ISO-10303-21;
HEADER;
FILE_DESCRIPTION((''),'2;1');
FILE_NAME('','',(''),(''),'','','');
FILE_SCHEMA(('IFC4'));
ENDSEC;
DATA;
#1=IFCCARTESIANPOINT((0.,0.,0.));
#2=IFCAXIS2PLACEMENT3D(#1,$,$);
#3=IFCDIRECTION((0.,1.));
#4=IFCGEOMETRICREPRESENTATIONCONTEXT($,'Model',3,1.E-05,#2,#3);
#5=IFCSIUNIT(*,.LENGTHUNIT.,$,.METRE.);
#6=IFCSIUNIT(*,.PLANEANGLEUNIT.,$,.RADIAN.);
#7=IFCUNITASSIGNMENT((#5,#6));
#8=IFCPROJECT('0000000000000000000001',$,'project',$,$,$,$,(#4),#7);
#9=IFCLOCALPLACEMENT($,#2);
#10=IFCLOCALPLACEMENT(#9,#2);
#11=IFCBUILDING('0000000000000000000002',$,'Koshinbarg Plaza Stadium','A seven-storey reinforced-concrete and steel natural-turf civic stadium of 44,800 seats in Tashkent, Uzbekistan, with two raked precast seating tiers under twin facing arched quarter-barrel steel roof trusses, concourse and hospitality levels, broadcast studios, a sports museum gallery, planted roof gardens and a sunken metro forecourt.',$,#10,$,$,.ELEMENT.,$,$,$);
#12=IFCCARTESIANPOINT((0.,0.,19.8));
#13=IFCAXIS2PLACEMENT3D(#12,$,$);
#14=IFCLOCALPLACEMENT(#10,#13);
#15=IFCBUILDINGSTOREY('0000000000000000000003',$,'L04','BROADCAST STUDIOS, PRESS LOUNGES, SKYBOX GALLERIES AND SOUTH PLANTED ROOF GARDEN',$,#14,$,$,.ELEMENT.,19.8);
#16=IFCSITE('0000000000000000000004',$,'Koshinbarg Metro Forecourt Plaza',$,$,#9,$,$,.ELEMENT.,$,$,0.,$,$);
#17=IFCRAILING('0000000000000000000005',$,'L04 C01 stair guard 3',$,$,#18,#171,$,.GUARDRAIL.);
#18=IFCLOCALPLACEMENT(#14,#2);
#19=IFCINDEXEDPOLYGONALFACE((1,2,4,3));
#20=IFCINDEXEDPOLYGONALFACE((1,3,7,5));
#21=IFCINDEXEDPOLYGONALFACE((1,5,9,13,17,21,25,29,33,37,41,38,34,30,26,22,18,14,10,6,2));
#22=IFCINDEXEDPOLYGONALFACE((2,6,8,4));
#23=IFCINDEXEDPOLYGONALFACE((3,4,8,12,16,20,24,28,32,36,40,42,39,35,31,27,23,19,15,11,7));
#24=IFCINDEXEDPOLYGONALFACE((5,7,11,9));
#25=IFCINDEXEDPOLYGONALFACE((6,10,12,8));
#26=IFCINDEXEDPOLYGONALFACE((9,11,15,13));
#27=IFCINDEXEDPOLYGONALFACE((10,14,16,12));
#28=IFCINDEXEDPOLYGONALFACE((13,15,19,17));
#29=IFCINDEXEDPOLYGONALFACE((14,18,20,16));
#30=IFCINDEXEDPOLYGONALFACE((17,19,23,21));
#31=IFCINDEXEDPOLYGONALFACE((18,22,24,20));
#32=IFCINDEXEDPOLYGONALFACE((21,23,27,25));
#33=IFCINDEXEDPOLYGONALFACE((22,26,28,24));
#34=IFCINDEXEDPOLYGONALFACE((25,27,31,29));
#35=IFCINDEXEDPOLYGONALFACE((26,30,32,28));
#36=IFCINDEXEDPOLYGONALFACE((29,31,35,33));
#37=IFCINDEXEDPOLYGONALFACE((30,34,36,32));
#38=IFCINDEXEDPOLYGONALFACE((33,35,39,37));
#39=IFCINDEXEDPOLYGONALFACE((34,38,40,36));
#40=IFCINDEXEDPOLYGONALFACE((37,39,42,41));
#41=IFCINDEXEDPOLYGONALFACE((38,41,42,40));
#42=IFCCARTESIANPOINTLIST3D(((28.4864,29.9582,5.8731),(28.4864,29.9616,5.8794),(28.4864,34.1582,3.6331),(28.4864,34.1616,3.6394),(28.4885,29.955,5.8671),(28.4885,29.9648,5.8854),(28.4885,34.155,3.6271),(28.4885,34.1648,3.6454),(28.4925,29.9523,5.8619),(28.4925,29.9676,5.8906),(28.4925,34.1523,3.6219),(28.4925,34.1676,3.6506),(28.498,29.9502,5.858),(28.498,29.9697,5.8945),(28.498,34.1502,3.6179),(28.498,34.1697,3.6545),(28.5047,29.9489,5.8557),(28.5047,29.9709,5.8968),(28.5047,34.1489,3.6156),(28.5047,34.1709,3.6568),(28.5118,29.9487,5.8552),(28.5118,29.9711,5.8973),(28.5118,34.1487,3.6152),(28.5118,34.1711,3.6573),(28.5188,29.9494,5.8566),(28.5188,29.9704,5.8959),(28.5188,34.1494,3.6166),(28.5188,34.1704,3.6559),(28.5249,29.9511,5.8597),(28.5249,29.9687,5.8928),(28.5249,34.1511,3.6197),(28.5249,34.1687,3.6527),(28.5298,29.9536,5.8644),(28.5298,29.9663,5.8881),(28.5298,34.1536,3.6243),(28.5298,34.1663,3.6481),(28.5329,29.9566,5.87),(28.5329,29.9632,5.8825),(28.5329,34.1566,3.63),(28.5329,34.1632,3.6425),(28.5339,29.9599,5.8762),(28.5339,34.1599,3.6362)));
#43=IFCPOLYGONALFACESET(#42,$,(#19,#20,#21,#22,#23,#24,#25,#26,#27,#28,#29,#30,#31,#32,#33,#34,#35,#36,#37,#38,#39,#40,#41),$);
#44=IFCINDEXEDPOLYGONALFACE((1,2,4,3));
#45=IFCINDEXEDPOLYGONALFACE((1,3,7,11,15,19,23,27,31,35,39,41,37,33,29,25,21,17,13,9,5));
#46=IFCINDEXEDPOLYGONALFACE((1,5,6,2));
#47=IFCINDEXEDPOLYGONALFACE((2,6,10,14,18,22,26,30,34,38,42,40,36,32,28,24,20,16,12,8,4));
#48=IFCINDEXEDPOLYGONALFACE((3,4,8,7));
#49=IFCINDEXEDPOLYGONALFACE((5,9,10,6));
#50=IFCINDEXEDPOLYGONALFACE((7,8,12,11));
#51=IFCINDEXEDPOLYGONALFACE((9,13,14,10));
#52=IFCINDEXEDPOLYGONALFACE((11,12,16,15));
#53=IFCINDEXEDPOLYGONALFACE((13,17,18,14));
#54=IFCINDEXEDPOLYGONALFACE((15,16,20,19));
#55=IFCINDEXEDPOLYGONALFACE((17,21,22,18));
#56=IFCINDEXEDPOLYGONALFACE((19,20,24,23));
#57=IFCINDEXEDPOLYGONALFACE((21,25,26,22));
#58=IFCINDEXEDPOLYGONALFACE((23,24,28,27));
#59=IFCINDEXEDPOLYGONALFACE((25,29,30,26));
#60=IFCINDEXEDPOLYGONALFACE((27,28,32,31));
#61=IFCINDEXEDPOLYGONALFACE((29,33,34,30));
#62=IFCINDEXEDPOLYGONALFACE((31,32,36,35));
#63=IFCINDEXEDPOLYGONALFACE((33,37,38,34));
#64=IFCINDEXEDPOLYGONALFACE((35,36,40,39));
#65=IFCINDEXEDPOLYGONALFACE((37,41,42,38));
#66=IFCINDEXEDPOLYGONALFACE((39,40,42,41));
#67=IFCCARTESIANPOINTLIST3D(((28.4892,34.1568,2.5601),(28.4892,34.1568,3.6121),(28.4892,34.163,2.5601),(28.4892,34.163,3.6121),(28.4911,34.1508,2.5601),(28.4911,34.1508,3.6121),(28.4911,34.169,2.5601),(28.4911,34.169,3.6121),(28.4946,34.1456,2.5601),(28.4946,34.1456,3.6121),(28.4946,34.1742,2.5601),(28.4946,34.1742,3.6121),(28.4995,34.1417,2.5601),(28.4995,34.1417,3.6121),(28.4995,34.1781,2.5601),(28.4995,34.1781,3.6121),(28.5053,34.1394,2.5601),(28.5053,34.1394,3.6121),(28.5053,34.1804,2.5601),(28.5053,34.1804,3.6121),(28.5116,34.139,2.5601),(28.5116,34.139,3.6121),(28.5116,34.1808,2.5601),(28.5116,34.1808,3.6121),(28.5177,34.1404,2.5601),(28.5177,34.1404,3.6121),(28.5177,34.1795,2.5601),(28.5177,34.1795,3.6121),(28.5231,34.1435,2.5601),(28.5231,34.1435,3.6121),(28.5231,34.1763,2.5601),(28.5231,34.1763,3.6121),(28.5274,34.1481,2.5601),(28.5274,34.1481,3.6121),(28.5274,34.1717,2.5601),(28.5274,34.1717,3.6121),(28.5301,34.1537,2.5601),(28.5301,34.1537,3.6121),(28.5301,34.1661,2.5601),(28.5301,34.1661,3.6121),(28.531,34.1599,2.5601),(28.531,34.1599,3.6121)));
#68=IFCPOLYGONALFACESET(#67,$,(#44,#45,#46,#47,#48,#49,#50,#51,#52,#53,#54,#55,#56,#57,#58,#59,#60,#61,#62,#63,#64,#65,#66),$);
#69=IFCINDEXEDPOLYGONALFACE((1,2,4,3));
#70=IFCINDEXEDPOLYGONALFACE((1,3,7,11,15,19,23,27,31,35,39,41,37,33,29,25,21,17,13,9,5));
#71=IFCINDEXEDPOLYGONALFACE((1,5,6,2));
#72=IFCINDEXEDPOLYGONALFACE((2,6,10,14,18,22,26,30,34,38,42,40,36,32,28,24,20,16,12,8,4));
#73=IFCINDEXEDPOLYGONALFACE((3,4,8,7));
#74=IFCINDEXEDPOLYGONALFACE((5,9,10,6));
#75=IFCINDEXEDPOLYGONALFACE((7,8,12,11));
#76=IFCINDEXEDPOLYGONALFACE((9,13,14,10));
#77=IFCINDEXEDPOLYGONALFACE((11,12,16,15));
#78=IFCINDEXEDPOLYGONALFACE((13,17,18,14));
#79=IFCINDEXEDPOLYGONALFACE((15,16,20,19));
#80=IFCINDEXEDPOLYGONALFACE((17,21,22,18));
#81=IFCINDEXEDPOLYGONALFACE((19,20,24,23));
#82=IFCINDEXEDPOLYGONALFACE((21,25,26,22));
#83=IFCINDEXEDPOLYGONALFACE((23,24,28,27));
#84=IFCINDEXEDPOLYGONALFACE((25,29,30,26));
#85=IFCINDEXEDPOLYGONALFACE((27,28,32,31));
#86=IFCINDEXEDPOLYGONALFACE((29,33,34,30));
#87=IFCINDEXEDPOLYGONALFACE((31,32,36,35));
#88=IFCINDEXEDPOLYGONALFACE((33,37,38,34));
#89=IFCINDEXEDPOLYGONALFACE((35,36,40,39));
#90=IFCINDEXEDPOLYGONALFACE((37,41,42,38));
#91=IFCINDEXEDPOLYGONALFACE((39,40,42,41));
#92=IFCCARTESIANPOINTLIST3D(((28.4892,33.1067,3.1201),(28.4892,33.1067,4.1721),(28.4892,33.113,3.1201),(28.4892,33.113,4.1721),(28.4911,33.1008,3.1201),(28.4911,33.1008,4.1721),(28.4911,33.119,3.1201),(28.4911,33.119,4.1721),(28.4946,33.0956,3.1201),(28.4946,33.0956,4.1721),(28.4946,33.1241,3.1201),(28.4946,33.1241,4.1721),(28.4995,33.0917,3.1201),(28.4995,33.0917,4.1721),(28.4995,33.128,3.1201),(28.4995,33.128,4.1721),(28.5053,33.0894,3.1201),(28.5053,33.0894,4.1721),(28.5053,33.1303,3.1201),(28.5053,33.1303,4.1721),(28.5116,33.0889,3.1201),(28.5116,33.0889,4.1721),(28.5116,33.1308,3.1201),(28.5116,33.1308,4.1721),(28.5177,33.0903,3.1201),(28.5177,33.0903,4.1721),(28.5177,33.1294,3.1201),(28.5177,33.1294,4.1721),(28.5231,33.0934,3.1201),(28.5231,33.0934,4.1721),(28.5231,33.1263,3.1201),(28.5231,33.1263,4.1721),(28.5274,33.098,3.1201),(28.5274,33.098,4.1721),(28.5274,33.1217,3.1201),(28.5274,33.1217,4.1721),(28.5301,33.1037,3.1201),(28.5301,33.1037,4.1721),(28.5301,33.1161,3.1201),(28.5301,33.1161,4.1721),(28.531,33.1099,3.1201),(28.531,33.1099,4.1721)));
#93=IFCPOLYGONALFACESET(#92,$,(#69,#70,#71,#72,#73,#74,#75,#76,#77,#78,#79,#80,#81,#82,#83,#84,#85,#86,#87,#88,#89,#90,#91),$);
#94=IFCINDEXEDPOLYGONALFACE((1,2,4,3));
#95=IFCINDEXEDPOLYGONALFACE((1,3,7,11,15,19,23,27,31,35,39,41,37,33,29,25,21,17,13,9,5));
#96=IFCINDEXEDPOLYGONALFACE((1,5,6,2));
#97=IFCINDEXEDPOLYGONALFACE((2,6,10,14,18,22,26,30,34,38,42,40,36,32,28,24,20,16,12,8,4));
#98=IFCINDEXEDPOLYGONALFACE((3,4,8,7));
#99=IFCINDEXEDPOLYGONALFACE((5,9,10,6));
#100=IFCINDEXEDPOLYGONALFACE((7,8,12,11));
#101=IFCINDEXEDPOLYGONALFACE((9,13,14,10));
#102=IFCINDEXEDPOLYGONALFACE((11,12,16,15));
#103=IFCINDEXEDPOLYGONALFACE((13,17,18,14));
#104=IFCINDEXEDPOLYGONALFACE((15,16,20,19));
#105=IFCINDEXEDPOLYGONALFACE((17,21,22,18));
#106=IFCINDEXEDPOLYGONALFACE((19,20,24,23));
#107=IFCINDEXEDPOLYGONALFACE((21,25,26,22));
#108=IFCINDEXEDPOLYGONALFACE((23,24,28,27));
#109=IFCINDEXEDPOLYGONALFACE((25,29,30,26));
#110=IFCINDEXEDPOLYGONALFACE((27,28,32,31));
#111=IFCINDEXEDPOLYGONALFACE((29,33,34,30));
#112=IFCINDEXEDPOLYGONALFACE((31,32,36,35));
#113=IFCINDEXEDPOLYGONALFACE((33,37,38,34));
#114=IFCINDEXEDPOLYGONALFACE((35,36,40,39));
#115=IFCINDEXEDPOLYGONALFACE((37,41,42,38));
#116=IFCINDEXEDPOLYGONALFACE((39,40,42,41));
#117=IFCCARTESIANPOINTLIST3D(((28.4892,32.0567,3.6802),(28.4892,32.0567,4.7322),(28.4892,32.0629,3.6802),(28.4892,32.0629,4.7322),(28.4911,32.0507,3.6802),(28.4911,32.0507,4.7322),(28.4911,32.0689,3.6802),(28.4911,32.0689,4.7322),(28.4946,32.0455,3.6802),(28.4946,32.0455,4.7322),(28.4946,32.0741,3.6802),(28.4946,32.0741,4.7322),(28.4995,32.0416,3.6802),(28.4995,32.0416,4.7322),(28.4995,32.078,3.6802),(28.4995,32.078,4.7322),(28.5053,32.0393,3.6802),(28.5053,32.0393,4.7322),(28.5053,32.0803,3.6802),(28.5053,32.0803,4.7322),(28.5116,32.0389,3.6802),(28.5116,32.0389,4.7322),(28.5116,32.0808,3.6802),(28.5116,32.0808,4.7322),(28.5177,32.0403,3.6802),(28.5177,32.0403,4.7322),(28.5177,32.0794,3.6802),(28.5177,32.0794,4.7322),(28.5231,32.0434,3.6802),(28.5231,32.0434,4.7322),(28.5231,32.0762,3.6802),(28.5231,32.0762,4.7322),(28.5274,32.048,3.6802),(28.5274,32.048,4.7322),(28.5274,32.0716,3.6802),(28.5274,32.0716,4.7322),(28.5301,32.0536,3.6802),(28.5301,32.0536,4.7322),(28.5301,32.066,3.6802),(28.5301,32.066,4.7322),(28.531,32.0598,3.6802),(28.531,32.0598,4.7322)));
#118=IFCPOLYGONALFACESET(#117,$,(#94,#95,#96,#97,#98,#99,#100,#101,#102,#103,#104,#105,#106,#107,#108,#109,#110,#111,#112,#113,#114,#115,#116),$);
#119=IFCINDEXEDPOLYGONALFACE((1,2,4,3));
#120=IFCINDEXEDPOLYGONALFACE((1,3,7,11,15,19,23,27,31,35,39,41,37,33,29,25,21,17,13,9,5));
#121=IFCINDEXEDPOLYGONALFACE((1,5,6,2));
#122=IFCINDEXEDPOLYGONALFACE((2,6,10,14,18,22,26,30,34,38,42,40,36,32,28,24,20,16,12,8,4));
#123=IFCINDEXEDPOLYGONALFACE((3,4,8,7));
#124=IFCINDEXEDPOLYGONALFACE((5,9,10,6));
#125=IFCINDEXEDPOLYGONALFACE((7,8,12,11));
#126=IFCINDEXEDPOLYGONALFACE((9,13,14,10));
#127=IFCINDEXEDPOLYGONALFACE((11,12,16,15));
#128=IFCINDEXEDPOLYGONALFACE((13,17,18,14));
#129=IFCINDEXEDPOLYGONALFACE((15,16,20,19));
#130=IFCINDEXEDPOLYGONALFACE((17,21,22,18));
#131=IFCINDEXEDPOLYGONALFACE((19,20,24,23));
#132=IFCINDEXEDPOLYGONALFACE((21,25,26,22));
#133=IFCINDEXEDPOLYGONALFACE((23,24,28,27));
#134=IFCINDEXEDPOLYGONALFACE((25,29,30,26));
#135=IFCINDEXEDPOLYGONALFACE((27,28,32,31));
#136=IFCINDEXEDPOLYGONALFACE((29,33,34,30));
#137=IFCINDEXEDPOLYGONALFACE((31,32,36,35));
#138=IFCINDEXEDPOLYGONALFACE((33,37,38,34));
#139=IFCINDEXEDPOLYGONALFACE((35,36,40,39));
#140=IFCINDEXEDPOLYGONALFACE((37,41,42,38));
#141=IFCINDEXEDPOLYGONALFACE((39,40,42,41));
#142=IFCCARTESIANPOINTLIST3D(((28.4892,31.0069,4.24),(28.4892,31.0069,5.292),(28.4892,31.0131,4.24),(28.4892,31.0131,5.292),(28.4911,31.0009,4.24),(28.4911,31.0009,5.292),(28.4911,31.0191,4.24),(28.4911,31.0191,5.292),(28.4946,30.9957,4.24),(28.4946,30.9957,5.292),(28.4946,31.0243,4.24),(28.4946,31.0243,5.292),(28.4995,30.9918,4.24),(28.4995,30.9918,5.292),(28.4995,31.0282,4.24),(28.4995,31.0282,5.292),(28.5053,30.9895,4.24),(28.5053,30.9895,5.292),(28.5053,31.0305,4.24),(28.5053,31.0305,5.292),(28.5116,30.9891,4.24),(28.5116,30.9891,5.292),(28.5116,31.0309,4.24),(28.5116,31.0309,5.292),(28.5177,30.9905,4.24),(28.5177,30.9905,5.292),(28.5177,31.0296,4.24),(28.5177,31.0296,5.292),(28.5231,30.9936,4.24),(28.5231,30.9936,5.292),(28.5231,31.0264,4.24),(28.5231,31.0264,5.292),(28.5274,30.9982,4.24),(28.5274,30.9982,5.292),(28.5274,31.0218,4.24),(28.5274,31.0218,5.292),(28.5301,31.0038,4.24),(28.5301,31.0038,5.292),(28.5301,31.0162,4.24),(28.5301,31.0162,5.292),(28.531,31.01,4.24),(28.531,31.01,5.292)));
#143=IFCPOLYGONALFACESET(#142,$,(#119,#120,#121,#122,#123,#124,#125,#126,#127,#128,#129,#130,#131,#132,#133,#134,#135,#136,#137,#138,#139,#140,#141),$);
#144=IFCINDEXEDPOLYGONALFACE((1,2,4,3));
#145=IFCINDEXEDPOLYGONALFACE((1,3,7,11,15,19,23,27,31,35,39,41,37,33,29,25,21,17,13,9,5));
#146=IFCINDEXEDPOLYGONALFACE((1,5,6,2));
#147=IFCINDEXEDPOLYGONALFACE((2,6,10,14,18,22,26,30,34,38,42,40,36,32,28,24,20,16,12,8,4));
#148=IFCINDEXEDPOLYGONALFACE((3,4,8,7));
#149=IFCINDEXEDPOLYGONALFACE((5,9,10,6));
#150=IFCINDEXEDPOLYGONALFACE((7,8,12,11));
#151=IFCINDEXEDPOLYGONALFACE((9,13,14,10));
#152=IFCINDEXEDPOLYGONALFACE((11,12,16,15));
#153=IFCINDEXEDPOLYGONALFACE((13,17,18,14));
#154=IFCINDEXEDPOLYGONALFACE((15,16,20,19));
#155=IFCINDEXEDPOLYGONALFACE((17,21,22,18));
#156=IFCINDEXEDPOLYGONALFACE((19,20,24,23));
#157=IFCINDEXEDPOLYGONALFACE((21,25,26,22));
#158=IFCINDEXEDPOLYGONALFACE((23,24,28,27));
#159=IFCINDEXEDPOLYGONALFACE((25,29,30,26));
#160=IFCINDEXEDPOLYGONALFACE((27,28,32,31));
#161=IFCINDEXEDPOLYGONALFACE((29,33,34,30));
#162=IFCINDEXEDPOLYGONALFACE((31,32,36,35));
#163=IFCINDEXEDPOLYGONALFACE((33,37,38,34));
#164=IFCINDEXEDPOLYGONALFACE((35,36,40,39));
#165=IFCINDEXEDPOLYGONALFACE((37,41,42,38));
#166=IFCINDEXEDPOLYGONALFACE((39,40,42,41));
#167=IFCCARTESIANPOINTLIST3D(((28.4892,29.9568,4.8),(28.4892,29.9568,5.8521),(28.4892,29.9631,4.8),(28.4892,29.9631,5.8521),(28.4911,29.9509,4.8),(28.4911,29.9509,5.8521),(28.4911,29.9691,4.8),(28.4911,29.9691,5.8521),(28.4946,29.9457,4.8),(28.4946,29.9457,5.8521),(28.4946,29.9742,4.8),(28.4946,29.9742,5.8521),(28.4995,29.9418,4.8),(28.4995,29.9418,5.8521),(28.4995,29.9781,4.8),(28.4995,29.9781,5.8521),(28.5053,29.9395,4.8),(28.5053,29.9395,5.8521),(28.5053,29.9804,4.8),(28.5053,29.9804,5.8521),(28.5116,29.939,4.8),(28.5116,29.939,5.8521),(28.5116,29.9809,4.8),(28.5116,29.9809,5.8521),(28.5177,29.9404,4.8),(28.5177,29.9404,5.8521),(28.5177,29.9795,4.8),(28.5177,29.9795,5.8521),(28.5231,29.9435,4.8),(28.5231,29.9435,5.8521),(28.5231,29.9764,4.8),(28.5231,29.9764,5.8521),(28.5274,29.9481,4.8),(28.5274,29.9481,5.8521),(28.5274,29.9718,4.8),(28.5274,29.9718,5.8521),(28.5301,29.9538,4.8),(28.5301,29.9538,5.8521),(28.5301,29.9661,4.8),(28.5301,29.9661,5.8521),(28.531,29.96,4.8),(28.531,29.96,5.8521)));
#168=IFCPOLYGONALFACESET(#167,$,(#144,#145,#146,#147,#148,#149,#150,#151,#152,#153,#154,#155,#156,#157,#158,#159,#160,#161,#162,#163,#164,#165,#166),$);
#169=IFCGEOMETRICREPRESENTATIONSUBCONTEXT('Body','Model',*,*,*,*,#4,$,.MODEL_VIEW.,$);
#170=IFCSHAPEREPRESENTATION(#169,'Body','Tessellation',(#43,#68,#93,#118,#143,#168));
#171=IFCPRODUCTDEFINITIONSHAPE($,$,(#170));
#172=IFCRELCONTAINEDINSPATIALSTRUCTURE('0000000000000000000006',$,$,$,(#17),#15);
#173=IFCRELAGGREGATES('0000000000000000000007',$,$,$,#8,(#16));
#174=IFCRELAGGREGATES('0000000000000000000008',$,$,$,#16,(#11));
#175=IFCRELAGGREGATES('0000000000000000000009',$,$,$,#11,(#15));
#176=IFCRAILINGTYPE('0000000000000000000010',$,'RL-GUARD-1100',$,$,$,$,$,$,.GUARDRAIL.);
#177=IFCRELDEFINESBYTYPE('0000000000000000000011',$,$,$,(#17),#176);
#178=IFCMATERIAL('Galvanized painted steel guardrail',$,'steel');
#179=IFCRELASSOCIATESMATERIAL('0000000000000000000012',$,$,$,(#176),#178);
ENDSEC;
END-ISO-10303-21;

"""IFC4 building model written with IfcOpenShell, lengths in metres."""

from ifc_helpers import new_model, si_unit, direction, frame, origin, origin_2d, place, context, subcontext, project, spatial, circle, extrude, material, type_object, element, save


model = new_model("IFC4")

# Units and contexts
model_context = context("Model", 3, precision=1e-05, world=origin(), true_north=direction((0.0, 1.0)))
body_context = subcontext(model_context, "Body", "Model", "MODEL_VIEW")
ifc_project = project(units=[si_unit("LENGTHUNIT", "METRE"), si_unit("PLANEANGLEUNIT", "RADIAN")], contexts=[model_context])

# Site, building, storey
site_placement = place(None, origin())
site = spatial("IfcSite", under=ifc_project, at=site_placement, Name="Koshinbarg Metro Forecourt Plaza", CompositionType="ELEMENT", RefElevation=0.0)
building_placement = place(site_placement, origin())
building = spatial("IfcBuilding", under=site, at=building_placement, Name="Koshinbarg Plaza Stadium", Description="A seven-storey reinforced-concrete and steel natural-turf civic stadium of 44,800 seats in Tashkent, Uzbekistan, with two raked precast seating tiers under twin facing arched quarter-barrel steel roof trusses, concourse and hospitality levels, broadcast studios, a sports museum gallery, planted roof gardens and a sunken metro forecourt.", CompositionType="ELEMENT")
storey_placement = place(building_placement, frame((0.0, 0.0, 19.8)))
storey = spatial("IfcBuildingStorey", under=building, at=storey_placement, Name="L04", Description="BROADCAST STUDIOS, PRESS LOUNGES, SKYBOX GALLERIES AND SOUTH PLANTED ROOF GARDEN", CompositionType="ELEMENT", Elevation=19.8)

# Railing
ifc_material_1 = material(Name="Galvanized painted steel guardrail", Category="steel")
railing_type_1 = type_object("IfcRailingType", Name="RL-GUARD-1100", PredefinedType="GUARDRAIL", material=ifc_material_1)
railing_1_placement = place(storey_placement, frame((28.51, 34.1599, 2.5601)))
element("IfcRailing", 1, at=railing_1_placement, inside=storey, type_object=railing_type_1, Name="L04 C01 stair guard 3", PredefinedType="GUARDRAIL", context=body_context, shape_type="SweptSolid", body=[
    extrude(circle(Radius=0.0239, at=origin_2d()), frame((0.0, 0.0, 1.0762), z_axis=(0.0, -0.882352, 0.470591), x_axis=(1.0, 0.0, 0.0)), (0.0, 0.0, 1.0), 4.76),
    extrude(circle(Radius=0.021, at=origin_2d()), origin(), (0.0, 0.0, 1.0), 1.052),
    extrude(circle(Radius=0.021, at=origin_2d()), frame((0.0, -1.05, 0.5601)), (0.0, 0.0, 1.0), 1.052),
    extrude(circle(Radius=0.021, at=origin_2d()), frame((0.0, -2.1001, 1.1201)), (0.0, 0.0, 1.0), 1.052),
    extrude(circle(Radius=0.021, at=origin_2d()), frame((0.0, -3.1499, 1.6799)), (0.0, 0.0, 1.0), 1.052),
    extrude(circle(Radius=0.021, at=origin_2d()), frame((0.0, -4.2, 2.24)), (0.0, 0.0, 1.0), 1.052),
])

save(model, "model.ifc")
